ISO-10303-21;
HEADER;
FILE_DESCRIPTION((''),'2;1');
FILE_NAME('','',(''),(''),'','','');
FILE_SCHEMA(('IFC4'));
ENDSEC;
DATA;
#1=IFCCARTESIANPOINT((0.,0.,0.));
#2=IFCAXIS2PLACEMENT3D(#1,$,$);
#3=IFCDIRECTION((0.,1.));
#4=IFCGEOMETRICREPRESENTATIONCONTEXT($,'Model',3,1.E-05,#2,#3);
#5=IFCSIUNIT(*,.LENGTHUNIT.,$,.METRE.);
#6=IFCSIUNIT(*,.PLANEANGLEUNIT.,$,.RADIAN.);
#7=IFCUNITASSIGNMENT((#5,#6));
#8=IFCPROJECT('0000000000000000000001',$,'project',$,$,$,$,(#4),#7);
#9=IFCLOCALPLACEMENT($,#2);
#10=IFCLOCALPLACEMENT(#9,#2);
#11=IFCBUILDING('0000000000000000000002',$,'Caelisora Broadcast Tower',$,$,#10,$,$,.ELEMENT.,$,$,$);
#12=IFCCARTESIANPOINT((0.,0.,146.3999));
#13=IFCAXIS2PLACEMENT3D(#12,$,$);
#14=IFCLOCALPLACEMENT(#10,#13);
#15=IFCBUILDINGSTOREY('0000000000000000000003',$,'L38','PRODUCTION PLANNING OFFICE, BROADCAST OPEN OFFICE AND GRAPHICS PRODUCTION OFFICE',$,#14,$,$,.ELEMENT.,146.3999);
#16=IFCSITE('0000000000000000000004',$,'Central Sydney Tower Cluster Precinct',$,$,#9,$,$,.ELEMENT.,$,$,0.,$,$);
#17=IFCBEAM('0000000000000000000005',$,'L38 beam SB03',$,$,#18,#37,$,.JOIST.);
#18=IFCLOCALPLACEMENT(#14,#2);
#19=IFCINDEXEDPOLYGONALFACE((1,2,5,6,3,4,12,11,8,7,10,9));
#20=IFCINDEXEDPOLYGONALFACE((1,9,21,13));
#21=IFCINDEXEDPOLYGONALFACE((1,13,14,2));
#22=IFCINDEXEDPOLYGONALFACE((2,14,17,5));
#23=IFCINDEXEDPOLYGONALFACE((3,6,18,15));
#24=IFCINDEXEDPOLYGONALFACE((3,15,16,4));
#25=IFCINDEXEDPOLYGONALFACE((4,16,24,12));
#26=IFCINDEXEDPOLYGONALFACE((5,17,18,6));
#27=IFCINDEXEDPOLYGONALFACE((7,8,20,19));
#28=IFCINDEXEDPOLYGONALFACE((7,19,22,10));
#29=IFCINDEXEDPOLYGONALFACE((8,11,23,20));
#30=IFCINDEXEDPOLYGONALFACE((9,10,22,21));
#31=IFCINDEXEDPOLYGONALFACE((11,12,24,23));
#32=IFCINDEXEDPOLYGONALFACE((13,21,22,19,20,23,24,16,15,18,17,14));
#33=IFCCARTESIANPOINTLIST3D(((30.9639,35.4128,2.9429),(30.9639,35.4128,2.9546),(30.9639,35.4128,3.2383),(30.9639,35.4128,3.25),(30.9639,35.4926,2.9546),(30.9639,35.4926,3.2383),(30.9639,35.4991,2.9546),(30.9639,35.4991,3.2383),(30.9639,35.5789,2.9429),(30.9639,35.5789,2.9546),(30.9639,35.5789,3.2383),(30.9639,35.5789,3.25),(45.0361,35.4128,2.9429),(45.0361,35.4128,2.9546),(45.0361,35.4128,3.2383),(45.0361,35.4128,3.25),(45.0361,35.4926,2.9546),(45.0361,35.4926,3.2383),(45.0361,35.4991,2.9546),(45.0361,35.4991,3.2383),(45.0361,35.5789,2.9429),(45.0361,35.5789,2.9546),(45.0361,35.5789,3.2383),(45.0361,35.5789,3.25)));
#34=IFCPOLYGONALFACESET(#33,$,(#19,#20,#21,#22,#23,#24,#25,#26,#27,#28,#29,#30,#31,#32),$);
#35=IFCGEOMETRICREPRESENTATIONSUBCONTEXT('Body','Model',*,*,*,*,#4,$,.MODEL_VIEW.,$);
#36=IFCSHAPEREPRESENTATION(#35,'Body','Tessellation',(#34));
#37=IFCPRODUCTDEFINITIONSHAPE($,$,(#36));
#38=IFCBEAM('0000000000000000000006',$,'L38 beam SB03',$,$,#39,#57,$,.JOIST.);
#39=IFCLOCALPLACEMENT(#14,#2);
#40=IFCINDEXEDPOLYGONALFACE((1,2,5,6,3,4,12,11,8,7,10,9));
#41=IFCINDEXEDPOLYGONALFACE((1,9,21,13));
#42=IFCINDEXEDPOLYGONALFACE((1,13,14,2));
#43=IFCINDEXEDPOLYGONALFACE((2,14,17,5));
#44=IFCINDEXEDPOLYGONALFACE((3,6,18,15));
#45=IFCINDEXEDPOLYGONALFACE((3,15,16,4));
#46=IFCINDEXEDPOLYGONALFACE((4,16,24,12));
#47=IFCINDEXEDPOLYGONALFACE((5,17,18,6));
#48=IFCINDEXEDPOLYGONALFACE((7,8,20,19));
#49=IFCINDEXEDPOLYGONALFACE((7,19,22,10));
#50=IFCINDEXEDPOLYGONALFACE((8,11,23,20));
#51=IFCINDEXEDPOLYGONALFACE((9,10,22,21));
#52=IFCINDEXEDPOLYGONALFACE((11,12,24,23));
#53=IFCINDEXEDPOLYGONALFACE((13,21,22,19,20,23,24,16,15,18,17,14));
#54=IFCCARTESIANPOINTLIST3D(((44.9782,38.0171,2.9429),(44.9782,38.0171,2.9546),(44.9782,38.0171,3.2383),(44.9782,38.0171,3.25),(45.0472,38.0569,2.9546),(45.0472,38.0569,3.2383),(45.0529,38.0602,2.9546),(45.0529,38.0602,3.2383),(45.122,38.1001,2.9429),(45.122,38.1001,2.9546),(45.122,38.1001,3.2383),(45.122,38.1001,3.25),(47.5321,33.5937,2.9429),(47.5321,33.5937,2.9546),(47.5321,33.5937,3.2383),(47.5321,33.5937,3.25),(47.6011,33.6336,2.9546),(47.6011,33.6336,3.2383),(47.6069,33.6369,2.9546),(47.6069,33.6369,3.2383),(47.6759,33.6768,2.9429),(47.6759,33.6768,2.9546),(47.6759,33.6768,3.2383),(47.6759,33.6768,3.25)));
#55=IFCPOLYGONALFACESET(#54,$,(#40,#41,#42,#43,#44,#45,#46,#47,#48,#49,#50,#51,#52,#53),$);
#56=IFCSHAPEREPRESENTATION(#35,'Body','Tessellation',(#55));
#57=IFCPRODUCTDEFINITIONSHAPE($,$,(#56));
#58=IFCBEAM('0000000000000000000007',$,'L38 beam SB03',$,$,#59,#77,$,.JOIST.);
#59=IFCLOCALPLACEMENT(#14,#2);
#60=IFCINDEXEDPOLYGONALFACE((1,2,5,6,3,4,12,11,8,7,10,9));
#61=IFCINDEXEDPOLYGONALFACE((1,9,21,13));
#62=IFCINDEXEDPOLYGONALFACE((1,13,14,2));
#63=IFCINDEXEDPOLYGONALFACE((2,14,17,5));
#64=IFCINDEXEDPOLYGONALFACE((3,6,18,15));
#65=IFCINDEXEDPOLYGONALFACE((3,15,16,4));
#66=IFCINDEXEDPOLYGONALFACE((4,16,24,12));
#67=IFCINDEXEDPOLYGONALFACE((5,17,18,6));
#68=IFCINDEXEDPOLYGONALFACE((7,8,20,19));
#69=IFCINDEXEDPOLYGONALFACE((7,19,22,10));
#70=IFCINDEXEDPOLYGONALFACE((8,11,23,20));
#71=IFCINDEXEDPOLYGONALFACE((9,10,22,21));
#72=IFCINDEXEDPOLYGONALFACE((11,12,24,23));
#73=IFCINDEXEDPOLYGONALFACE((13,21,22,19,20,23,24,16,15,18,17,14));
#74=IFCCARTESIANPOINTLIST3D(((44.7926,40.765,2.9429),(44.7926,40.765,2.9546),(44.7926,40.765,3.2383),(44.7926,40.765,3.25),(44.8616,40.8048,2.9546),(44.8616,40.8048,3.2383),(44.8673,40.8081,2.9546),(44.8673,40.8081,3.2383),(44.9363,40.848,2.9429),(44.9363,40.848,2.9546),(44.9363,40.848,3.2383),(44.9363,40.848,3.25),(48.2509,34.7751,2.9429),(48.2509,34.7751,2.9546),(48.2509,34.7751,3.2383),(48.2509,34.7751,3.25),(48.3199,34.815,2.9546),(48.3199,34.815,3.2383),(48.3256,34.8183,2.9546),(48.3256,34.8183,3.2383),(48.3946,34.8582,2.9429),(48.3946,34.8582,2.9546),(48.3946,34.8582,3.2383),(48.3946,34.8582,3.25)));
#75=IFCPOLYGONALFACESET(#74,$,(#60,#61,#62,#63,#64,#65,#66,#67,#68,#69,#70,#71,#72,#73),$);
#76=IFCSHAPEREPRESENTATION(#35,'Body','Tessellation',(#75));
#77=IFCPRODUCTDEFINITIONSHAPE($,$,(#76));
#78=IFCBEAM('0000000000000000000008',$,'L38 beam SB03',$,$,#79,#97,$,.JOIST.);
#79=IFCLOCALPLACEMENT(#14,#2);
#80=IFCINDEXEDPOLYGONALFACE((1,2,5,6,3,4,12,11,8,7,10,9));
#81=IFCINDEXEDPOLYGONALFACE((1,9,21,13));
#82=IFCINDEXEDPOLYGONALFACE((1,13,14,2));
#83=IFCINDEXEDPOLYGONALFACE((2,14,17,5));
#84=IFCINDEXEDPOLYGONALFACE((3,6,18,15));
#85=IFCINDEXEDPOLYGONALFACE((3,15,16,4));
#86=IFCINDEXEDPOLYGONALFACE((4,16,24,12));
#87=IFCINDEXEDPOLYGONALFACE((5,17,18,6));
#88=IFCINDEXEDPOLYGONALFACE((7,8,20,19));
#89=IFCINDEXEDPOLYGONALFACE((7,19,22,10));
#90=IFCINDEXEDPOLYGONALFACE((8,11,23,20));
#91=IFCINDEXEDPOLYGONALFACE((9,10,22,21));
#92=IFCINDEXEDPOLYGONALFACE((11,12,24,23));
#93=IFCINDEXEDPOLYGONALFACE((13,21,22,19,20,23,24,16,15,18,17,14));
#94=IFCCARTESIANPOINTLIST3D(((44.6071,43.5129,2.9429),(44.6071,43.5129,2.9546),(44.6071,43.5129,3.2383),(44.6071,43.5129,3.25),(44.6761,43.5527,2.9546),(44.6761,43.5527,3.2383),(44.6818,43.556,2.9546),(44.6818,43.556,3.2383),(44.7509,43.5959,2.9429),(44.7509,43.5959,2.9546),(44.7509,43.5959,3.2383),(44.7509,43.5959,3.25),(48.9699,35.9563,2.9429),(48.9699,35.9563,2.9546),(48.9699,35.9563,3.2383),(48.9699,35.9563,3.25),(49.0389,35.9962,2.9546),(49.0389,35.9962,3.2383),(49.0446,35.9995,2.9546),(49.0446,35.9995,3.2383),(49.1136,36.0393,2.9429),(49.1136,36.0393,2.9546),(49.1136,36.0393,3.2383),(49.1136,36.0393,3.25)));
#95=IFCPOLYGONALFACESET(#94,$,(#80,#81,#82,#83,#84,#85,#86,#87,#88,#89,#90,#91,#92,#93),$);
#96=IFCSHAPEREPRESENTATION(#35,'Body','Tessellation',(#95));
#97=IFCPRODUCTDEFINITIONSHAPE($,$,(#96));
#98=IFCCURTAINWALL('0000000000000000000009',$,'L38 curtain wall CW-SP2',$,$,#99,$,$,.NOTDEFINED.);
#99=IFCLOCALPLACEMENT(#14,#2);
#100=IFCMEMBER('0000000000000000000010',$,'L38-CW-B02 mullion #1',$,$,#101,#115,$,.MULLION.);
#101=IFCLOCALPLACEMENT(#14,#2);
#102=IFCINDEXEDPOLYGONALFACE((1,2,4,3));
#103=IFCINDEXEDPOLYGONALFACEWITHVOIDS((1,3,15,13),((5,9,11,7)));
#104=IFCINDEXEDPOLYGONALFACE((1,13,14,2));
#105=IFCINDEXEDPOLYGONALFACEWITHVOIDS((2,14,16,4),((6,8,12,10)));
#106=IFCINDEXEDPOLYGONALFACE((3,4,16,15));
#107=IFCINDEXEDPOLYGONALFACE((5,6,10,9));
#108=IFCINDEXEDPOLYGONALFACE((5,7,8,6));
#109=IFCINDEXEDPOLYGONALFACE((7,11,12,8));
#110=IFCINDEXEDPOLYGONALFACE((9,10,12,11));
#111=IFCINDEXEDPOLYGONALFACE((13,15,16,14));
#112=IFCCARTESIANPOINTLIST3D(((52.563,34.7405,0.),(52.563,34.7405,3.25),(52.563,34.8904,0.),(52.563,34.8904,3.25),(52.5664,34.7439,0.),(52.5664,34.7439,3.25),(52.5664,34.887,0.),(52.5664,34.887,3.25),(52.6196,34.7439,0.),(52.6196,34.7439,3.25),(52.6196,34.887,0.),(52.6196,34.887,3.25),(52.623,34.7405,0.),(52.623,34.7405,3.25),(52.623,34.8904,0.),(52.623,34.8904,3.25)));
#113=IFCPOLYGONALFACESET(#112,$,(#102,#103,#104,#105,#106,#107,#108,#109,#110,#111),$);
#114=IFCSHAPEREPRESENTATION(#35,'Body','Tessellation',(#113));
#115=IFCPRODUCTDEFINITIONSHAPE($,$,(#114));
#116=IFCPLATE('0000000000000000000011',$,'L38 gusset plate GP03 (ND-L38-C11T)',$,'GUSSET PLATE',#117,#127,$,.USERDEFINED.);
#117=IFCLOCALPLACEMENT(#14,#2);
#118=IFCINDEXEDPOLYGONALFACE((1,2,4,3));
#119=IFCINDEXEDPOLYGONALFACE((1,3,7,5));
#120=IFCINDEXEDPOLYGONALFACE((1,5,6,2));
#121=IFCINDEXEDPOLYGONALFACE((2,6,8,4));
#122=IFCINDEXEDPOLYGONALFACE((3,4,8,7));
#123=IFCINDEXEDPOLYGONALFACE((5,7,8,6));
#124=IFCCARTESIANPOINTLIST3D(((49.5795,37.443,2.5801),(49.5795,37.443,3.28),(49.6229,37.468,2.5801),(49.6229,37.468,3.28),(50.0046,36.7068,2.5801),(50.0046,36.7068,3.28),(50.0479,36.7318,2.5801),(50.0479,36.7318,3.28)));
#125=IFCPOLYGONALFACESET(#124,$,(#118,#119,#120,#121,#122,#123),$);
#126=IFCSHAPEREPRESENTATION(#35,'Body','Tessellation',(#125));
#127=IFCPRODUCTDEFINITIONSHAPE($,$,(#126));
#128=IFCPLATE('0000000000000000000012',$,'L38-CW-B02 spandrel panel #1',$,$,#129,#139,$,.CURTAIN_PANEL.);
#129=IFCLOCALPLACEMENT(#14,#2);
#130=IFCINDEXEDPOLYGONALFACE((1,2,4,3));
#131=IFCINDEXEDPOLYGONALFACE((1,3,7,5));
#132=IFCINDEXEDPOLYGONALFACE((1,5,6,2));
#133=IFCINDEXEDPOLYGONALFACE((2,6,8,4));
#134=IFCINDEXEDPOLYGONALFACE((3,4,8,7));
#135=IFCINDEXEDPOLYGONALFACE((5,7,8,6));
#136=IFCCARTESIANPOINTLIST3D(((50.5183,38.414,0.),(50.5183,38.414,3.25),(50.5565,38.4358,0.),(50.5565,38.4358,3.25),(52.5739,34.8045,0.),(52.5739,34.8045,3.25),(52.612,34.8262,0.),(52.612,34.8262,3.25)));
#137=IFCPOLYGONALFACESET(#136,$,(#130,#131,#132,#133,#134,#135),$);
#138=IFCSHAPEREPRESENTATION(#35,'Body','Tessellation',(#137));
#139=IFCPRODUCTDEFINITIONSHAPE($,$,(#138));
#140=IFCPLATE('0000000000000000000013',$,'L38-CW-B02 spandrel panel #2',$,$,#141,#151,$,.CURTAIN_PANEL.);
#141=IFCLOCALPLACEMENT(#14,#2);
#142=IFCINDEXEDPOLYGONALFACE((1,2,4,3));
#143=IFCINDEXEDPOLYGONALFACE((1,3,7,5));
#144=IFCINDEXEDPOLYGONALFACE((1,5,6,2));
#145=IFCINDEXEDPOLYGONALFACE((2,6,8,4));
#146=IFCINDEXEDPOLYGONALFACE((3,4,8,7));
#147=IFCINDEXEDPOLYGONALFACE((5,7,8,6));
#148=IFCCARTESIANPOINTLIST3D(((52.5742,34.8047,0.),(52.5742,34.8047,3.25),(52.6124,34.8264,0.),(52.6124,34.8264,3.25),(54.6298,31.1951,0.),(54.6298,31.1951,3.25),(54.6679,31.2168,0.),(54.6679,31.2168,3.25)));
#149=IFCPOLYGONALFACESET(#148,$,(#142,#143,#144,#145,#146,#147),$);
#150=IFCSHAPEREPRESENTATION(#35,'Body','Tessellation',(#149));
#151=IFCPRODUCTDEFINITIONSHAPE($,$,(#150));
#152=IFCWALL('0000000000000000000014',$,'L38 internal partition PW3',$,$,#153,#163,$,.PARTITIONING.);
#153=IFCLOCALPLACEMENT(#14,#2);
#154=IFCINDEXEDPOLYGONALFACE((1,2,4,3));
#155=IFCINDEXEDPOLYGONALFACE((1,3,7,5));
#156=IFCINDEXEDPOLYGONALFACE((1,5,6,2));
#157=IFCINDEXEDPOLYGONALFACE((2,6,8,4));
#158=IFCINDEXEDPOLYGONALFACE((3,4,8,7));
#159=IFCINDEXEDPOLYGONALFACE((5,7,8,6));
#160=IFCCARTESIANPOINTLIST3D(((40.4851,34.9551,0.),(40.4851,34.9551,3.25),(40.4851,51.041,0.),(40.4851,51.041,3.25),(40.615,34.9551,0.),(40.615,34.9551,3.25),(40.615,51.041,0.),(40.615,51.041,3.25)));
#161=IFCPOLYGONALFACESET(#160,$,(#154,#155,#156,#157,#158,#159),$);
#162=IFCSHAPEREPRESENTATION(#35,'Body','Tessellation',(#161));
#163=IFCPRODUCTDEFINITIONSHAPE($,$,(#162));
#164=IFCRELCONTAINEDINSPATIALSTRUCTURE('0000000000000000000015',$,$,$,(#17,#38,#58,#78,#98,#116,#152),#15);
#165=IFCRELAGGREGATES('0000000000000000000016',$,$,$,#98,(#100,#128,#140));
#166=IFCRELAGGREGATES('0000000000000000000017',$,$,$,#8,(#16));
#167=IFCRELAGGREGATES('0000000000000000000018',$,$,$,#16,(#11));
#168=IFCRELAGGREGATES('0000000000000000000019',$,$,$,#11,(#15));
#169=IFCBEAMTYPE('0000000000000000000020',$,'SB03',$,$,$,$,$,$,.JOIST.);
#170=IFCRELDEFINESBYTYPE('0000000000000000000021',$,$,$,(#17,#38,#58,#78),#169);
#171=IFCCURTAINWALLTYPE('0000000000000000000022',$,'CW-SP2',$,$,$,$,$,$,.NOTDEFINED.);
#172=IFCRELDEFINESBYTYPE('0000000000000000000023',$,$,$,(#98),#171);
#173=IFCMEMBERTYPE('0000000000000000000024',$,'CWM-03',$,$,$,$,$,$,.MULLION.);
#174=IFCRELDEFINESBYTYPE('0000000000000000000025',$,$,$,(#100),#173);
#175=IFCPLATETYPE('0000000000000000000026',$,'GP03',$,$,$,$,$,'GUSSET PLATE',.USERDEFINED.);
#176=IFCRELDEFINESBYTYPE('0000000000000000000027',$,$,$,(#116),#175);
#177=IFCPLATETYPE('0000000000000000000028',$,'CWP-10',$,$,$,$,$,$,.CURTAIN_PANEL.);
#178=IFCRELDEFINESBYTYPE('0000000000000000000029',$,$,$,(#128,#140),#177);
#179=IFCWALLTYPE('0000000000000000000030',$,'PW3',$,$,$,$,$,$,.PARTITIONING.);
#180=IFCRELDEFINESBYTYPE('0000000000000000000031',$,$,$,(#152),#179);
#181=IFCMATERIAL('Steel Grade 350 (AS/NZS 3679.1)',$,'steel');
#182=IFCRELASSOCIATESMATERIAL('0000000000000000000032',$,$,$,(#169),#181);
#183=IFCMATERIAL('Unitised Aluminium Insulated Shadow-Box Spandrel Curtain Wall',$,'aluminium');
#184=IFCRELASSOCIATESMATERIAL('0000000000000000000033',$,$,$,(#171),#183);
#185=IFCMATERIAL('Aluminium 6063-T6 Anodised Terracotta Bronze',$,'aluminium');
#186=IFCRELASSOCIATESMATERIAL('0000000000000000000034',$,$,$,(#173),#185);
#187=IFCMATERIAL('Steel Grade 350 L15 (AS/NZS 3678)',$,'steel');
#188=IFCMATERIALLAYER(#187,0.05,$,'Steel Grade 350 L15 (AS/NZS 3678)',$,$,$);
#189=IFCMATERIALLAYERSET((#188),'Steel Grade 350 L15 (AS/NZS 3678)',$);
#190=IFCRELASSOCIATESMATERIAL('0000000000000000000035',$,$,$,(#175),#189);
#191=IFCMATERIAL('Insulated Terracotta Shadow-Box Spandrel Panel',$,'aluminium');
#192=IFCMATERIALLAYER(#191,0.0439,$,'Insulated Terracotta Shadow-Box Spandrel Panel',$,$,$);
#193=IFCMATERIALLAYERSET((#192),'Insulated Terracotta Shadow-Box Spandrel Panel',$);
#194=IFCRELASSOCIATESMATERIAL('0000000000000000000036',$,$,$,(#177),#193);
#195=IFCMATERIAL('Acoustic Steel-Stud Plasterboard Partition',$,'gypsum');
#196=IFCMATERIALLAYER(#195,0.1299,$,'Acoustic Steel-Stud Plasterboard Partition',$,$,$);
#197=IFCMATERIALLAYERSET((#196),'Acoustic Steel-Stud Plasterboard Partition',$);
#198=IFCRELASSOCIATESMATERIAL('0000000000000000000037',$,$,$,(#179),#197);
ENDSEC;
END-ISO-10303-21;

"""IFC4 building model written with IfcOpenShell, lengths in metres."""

from ifc_helpers import new_model, si_unit, direction, frame, frame_2d, origin, origin_2d, place, context, subcontext, project, spatial, rectangle, hollow_rectangle, i_section, extrude, source, transform, mapped, material, layer, layer_set, material_profile, profile_set, type_object, type_shapes, element, aggregate, save


model = new_model("IFC4")

# Units and contexts
model_context = context("Model", 3, precision=1e-05, world=origin(), true_north=direction((0.0, 1.0)))
body_context = subcontext(model_context, "Body", "Model", "MODEL_VIEW")
ifc_project = project(units=[si_unit("LENGTHUNIT", "METRE"), si_unit("PLANEANGLEUNIT", "RADIAN")], contexts=[model_context])

# Site, building, storey
site_placement = place(None, origin())
site = spatial("IfcSite", under=ifc_project, at=site_placement, Name="Central Sydney Tower Cluster Precinct", CompositionType="ELEMENT", RefElevation=0.0)
building_placement = place(site_placement, origin())
building = spatial("IfcBuilding", under=site, at=building_placement, Name="Caelisora Broadcast Tower", CompositionType="ELEMENT")
storey_placement = place(building_placement, frame((0.0, 0.0, 146.3999)))
storey = spatial("IfcBuildingStorey", under=building, at=storey_placement, Name="L38", Description="PRODUCTION PLANNING OFFICE, BROADCAST OPEN OFFICE AND GRAPHICS PRODUCTION OFFICE", CompositionType="ELEMENT", Elevation=146.3999)

# Beams
ifc_material_1 = material(Name="Steel Grade 350 (AS/NZS 3679.1)", Category="steel")
ifc_material_profile_1 = material_profile(ifc_material_1, i_section(OverallWidth=0.166, OverallDepth=0.3071, WebThickness=0.0066, FlangeThickness=0.0117, at=origin_2d()), Name="Steel Grade 350 (AS/NZS 3679.1)")
ifc_profile_set_1 = profile_set([ifc_material_profile_1], Name="Steel Grade 350 (AS/NZS 3679.1)")
beam_type = type_object("IfcBeamType", Name="SB03", PredefinedType="JOIST", material=ifc_profile_set_1)
shared_shape_1 = source(origin(), body_context, "Body", "SweptSolid", [
    extrude(i_section(OverallWidth=0.166, OverallDepth=0.3071, WebThickness=0.0066, FlangeThickness=0.0117, at=origin_2d()), origin(), (0.0, 0.0, 1.0), 14.0723),
])
beam_1_placement = place(storey_placement, frame((45.0361, 35.4958, 3.0964), z_axis=(-1.0, 0.0, 0.0), x_axis=(0.0, -1.0, 0.0)))
element("IfcBeam", 1, at=beam_1_placement, inside=storey, type_object=beam_type, Name="L38 beam SB03", PredefinedType="JOIST", context=body_context, shape_type="MappedRepresentation", body=[
    mapped(shared_shape_1, transform((0.0, 0.0, 0.0), scale=1.0)),
])
shared_shape_2 = source(origin(), body_context, "Body", "SweptSolid", [
    extrude(i_section(OverallWidth=0.166, OverallDepth=0.3071, WebThickness=0.0066, FlangeThickness=0.0117, at=origin_2d()), origin(), (0.0, 0.0, 1.0), 5.1077),
])
beam_2_placement = place(storey_placement, frame((47.604, 33.6353, 3.0964), z_axis=(-0.50002, 0.866014, 0.0), x_axis=(-0.866014, -0.50002, 0.0)))
element("IfcBeam", 2, at=beam_2_placement, inside=storey, type_object=beam_type, Name="L38 beam SB03", PredefinedType="JOIST", context=body_context, shape_type="MappedRepresentation", body=[
    mapped(shared_shape_2, transform((0.0, 0.0, 0.0), scale=1.0)),
])
shared_shape_3 = source(origin(), body_context, "Body", "SweptSolid", [
    extrude(i_section(OverallWidth=0.166, OverallDepth=0.3071, WebThickness=0.0066, FlangeThickness=0.0117, at=origin_2d()), origin(), (0.0, 0.0, 1.0), 6.9165),
])
beam_3_placement = place(storey_placement, frame((48.3228, 34.8167, 3.0964), z_axis=(-0.500008, 0.866021, 0.0), x_axis=(-0.866021, -0.500008, 0.0)))
element("IfcBeam", 3, at=beam_3_placement, inside=storey, type_object=beam_type, Name="L38 beam SB03", PredefinedType="JOIST", context=body_context, shape_type="MappedRepresentation", body=[
    mapped(shared_shape_3, transform((0.0, 0.0, 0.0), scale=1.0)),
])
shared_shape_4 = source(origin(), body_context, "Body", "SweptSolid", [
    extrude(i_section(OverallWidth=0.166, OverallDepth=0.3071, WebThickness=0.0066, FlangeThickness=0.0117, at=origin_2d()), origin(), (0.0, 0.0, 1.0), 8.7256),
])
type_shapes(beam_type, [shared_shape_1, shared_shape_2, shared_shape_3, shared_shape_4])
beam_4_placement = place(storey_placement, frame((49.0417, 35.9978, 3.0964), z_axis=(-0.499997, 0.866027, 0.0), x_axis=(-0.866027, -0.499997, 0.0)))
element("IfcBeam", 4, at=beam_4_placement, inside=storey, type_object=beam_type, Name="L38 beam SB03", PredefinedType="JOIST", context=body_context, shape_type="MappedRepresentation", body=[
    mapped(shared_shape_4, transform((0.0, 0.0, 0.0), scale=1.0)),
])

# Curtain wall, member
ifc_material_2 = material(Name="Unitised Aluminium Insulated Shadow-Box Spandrel Curtain Wall", Category="aluminium")
curtain_wall_type = type_object("IfcCurtainWallType", Name="CW-SP2", PredefinedType="NOTDEFINED", material=ifc_material_2)
curtain_wall_placement = place(storey_placement, origin())
curtain_wall = element("IfcCurtainWall", 5, at=curtain_wall_placement, inside=storey, type_object=curtain_wall_type, Name="L38 curtain wall CW-SP2", PredefinedType="NOTDEFINED")
ifc_material_3 = material(Name="Aluminium 6063-T6 Anodised Terracotta Bronze", Category="aluminium")
ifc_material_profile_2 = material_profile(ifc_material_3, hollow_rectangle(XDim=0.0601, YDim=0.1499, WallThickness=0.0034, at=origin_2d()), Name="Aluminium 6063-T6 Anodised Terracotta Bronze")
ifc_profile_set_2 = profile_set([ifc_material_profile_2], Name="Aluminium 6063-T6 Anodised Terracotta Bronze")
member_type = type_object("IfcMemberType", Name="CWM-03", PredefinedType="MULLION", material=ifc_profile_set_2)
shared_shape_5 = source(origin(), body_context, "Body", "SweptSolid", [
    extrude(hollow_rectangle(XDim=0.0601, YDim=0.1499, WallThickness=0.0034, at=origin_2d()), origin(), (0.0, 0.0, 1.0), 3.25),
])
type_shapes(member_type, [shared_shape_5])
member_placement = place(storey_placement, frame((52.593, 34.8154, 0.0), z_axis=(0.0, 0.0, 1.0), x_axis=(1.0, 0.0, 0.0)))
member = element("IfcMember", 6, at=member_placement, type_object=member_type, Name="L38-CW-B02 mullion #1", PredefinedType="MULLION", context=body_context, shape_type="MappedRepresentation", body=[
    mapped(shared_shape_5, transform((0.0, 0.0, 0.0), scale=1.0)),
])

# Plates
ifc_material_4 = material(Name="Steel Grade 350 L15 (AS/NZS 3678)", Category="steel")
ifc_layer_1 = layer(ifc_material_4, 0.05, Name="Steel Grade 350 L15 (AS/NZS 3678)")
ifc_layer_set_1 = layer_set([ifc_layer_1], Name="Steel Grade 350 L15 (AS/NZS 3678)")
plate_type_1 = type_object("IfcPlateType", Name="GP03", ElementType="GUSSET PLATE", PredefinedType="USERDEFINED", material=ifc_layer_set_1)
shared_shape_6 = source(origin(), body_context, "Body", "SweptSolid", [
    extrude(rectangle(XDim=0.8501, YDim=0.05, at=origin_2d()), origin(), (0.0, 0.0, 1.0), 0.7),
])
type_shapes(plate_type_1, [shared_shape_6])
plate_1_placement = place(storey_placement, frame((49.8137, 37.0874, 2.5801), z_axis=(0.0, 0.0, 1.0), x_axis=(-0.5, 0.866025, 0.0)))
element("IfcPlate", 7, at=plate_1_placement, inside=storey, type_object=plate_type_1, Name="L38 gusset plate GP03 (ND-L38-C11T)", ObjectType="GUSSET PLATE", PredefinedType="USERDEFINED", context=body_context, shape_type="MappedRepresentation", body=[
    mapped(shared_shape_6, transform((0.0, 0.0, 0.0), scale=1.0)),
])
ifc_material_5 = material(Name="Insulated Terracotta Shadow-Box Spandrel Panel", Category="aluminium")
ifc_layer_2 = layer(ifc_material_5, 0.0439, Name="Insulated Terracotta Shadow-Box Spandrel Panel")
ifc_layer_set_2 = layer_set([ifc_layer_2], Name="Insulated Terracotta Shadow-Box Spandrel Panel")
plate_type_2 = type_object("IfcPlateType", Name="CWP-10", PredefinedType="CURTAIN_PANEL", material=ifc_layer_set_2)
shared_shape_7 = source(origin(), body_context, "Body", "SweptSolid", [
    extrude(rectangle(XDim=4.1538, YDim=0.0439, at=origin_2d()), origin(), (0.0, 0.0, 1.0), 3.25),
])
type_shapes(plate_type_2, [shared_shape_7])
plate_2_placement = place(storey_placement, frame((51.5652, 36.6201, 0.0), z_axis=(0.0, 0.0, 1.0), x_axis=(0.494852, -0.868977, 0.0)))
plate_2 = element("IfcPlate", 8, at=plate_2_placement, type_object=plate_type_2, Name="L38-CW-B02 spandrel panel #1", PredefinedType="CURTAIN_PANEL", context=body_context, shape_type="MappedRepresentation", body=[
    mapped(shared_shape_7, transform((0.0, 0.0, 0.0), scale=1.0)),
])
plate_3_placement = place(storey_placement, frame((53.6211, 33.0107, 0.0), z_axis=(0.0, 0.0, 1.0), x_axis=(0.494852, -0.868977, 0.0)))
plate_3 = element("IfcPlate", 9, at=plate_3_placement, type_object=plate_type_2, Name="L38-CW-B02 spandrel panel #2", PredefinedType="CURTAIN_PANEL", context=body_context, shape_type="MappedRepresentation", body=[
    mapped(shared_shape_7, transform((0.0, 0.0, 0.0), scale=1.0)),
])
aggregate(curtain_wall, [member, plate_2, plate_3])

# Wall
ifc_material_6 = material(Name="Acoustic Steel-Stud Plasterboard Partition", Category="gypsum")
ifc_layer_3 = layer(ifc_material_6, 0.1299, Name="Acoustic Steel-Stud Plasterboard Partition")
ifc_layer_set_3 = layer_set([ifc_layer_3], Name="Acoustic Steel-Stud Plasterboard Partition")
wall_type_1 = type_object("IfcWallType", Name="PW3", PredefinedType="PARTITIONING", material=ifc_layer_set_3)
wall_1_placement = place(storey_placement, frame((40.55, 34.9551, 0.0), z_axis=(0.0, 0.0, 1.0), x_axis=(0.0, 1.0, 0.0)))
element("IfcWall", 10, at=wall_1_placement, inside=storey, type_object=wall_type_1, Name="L38 internal partition PW3", PredefinedType="PARTITIONING", context=body_context, shape_type="SweptSolid", body=[
    extrude(rectangle(XDim=16.0859, YDim=0.1299, at=frame_2d((8.043, 0.0))), origin(), (0.0, 0.0, 1.0), 3.25),
])

save(model, "model.ifc")
